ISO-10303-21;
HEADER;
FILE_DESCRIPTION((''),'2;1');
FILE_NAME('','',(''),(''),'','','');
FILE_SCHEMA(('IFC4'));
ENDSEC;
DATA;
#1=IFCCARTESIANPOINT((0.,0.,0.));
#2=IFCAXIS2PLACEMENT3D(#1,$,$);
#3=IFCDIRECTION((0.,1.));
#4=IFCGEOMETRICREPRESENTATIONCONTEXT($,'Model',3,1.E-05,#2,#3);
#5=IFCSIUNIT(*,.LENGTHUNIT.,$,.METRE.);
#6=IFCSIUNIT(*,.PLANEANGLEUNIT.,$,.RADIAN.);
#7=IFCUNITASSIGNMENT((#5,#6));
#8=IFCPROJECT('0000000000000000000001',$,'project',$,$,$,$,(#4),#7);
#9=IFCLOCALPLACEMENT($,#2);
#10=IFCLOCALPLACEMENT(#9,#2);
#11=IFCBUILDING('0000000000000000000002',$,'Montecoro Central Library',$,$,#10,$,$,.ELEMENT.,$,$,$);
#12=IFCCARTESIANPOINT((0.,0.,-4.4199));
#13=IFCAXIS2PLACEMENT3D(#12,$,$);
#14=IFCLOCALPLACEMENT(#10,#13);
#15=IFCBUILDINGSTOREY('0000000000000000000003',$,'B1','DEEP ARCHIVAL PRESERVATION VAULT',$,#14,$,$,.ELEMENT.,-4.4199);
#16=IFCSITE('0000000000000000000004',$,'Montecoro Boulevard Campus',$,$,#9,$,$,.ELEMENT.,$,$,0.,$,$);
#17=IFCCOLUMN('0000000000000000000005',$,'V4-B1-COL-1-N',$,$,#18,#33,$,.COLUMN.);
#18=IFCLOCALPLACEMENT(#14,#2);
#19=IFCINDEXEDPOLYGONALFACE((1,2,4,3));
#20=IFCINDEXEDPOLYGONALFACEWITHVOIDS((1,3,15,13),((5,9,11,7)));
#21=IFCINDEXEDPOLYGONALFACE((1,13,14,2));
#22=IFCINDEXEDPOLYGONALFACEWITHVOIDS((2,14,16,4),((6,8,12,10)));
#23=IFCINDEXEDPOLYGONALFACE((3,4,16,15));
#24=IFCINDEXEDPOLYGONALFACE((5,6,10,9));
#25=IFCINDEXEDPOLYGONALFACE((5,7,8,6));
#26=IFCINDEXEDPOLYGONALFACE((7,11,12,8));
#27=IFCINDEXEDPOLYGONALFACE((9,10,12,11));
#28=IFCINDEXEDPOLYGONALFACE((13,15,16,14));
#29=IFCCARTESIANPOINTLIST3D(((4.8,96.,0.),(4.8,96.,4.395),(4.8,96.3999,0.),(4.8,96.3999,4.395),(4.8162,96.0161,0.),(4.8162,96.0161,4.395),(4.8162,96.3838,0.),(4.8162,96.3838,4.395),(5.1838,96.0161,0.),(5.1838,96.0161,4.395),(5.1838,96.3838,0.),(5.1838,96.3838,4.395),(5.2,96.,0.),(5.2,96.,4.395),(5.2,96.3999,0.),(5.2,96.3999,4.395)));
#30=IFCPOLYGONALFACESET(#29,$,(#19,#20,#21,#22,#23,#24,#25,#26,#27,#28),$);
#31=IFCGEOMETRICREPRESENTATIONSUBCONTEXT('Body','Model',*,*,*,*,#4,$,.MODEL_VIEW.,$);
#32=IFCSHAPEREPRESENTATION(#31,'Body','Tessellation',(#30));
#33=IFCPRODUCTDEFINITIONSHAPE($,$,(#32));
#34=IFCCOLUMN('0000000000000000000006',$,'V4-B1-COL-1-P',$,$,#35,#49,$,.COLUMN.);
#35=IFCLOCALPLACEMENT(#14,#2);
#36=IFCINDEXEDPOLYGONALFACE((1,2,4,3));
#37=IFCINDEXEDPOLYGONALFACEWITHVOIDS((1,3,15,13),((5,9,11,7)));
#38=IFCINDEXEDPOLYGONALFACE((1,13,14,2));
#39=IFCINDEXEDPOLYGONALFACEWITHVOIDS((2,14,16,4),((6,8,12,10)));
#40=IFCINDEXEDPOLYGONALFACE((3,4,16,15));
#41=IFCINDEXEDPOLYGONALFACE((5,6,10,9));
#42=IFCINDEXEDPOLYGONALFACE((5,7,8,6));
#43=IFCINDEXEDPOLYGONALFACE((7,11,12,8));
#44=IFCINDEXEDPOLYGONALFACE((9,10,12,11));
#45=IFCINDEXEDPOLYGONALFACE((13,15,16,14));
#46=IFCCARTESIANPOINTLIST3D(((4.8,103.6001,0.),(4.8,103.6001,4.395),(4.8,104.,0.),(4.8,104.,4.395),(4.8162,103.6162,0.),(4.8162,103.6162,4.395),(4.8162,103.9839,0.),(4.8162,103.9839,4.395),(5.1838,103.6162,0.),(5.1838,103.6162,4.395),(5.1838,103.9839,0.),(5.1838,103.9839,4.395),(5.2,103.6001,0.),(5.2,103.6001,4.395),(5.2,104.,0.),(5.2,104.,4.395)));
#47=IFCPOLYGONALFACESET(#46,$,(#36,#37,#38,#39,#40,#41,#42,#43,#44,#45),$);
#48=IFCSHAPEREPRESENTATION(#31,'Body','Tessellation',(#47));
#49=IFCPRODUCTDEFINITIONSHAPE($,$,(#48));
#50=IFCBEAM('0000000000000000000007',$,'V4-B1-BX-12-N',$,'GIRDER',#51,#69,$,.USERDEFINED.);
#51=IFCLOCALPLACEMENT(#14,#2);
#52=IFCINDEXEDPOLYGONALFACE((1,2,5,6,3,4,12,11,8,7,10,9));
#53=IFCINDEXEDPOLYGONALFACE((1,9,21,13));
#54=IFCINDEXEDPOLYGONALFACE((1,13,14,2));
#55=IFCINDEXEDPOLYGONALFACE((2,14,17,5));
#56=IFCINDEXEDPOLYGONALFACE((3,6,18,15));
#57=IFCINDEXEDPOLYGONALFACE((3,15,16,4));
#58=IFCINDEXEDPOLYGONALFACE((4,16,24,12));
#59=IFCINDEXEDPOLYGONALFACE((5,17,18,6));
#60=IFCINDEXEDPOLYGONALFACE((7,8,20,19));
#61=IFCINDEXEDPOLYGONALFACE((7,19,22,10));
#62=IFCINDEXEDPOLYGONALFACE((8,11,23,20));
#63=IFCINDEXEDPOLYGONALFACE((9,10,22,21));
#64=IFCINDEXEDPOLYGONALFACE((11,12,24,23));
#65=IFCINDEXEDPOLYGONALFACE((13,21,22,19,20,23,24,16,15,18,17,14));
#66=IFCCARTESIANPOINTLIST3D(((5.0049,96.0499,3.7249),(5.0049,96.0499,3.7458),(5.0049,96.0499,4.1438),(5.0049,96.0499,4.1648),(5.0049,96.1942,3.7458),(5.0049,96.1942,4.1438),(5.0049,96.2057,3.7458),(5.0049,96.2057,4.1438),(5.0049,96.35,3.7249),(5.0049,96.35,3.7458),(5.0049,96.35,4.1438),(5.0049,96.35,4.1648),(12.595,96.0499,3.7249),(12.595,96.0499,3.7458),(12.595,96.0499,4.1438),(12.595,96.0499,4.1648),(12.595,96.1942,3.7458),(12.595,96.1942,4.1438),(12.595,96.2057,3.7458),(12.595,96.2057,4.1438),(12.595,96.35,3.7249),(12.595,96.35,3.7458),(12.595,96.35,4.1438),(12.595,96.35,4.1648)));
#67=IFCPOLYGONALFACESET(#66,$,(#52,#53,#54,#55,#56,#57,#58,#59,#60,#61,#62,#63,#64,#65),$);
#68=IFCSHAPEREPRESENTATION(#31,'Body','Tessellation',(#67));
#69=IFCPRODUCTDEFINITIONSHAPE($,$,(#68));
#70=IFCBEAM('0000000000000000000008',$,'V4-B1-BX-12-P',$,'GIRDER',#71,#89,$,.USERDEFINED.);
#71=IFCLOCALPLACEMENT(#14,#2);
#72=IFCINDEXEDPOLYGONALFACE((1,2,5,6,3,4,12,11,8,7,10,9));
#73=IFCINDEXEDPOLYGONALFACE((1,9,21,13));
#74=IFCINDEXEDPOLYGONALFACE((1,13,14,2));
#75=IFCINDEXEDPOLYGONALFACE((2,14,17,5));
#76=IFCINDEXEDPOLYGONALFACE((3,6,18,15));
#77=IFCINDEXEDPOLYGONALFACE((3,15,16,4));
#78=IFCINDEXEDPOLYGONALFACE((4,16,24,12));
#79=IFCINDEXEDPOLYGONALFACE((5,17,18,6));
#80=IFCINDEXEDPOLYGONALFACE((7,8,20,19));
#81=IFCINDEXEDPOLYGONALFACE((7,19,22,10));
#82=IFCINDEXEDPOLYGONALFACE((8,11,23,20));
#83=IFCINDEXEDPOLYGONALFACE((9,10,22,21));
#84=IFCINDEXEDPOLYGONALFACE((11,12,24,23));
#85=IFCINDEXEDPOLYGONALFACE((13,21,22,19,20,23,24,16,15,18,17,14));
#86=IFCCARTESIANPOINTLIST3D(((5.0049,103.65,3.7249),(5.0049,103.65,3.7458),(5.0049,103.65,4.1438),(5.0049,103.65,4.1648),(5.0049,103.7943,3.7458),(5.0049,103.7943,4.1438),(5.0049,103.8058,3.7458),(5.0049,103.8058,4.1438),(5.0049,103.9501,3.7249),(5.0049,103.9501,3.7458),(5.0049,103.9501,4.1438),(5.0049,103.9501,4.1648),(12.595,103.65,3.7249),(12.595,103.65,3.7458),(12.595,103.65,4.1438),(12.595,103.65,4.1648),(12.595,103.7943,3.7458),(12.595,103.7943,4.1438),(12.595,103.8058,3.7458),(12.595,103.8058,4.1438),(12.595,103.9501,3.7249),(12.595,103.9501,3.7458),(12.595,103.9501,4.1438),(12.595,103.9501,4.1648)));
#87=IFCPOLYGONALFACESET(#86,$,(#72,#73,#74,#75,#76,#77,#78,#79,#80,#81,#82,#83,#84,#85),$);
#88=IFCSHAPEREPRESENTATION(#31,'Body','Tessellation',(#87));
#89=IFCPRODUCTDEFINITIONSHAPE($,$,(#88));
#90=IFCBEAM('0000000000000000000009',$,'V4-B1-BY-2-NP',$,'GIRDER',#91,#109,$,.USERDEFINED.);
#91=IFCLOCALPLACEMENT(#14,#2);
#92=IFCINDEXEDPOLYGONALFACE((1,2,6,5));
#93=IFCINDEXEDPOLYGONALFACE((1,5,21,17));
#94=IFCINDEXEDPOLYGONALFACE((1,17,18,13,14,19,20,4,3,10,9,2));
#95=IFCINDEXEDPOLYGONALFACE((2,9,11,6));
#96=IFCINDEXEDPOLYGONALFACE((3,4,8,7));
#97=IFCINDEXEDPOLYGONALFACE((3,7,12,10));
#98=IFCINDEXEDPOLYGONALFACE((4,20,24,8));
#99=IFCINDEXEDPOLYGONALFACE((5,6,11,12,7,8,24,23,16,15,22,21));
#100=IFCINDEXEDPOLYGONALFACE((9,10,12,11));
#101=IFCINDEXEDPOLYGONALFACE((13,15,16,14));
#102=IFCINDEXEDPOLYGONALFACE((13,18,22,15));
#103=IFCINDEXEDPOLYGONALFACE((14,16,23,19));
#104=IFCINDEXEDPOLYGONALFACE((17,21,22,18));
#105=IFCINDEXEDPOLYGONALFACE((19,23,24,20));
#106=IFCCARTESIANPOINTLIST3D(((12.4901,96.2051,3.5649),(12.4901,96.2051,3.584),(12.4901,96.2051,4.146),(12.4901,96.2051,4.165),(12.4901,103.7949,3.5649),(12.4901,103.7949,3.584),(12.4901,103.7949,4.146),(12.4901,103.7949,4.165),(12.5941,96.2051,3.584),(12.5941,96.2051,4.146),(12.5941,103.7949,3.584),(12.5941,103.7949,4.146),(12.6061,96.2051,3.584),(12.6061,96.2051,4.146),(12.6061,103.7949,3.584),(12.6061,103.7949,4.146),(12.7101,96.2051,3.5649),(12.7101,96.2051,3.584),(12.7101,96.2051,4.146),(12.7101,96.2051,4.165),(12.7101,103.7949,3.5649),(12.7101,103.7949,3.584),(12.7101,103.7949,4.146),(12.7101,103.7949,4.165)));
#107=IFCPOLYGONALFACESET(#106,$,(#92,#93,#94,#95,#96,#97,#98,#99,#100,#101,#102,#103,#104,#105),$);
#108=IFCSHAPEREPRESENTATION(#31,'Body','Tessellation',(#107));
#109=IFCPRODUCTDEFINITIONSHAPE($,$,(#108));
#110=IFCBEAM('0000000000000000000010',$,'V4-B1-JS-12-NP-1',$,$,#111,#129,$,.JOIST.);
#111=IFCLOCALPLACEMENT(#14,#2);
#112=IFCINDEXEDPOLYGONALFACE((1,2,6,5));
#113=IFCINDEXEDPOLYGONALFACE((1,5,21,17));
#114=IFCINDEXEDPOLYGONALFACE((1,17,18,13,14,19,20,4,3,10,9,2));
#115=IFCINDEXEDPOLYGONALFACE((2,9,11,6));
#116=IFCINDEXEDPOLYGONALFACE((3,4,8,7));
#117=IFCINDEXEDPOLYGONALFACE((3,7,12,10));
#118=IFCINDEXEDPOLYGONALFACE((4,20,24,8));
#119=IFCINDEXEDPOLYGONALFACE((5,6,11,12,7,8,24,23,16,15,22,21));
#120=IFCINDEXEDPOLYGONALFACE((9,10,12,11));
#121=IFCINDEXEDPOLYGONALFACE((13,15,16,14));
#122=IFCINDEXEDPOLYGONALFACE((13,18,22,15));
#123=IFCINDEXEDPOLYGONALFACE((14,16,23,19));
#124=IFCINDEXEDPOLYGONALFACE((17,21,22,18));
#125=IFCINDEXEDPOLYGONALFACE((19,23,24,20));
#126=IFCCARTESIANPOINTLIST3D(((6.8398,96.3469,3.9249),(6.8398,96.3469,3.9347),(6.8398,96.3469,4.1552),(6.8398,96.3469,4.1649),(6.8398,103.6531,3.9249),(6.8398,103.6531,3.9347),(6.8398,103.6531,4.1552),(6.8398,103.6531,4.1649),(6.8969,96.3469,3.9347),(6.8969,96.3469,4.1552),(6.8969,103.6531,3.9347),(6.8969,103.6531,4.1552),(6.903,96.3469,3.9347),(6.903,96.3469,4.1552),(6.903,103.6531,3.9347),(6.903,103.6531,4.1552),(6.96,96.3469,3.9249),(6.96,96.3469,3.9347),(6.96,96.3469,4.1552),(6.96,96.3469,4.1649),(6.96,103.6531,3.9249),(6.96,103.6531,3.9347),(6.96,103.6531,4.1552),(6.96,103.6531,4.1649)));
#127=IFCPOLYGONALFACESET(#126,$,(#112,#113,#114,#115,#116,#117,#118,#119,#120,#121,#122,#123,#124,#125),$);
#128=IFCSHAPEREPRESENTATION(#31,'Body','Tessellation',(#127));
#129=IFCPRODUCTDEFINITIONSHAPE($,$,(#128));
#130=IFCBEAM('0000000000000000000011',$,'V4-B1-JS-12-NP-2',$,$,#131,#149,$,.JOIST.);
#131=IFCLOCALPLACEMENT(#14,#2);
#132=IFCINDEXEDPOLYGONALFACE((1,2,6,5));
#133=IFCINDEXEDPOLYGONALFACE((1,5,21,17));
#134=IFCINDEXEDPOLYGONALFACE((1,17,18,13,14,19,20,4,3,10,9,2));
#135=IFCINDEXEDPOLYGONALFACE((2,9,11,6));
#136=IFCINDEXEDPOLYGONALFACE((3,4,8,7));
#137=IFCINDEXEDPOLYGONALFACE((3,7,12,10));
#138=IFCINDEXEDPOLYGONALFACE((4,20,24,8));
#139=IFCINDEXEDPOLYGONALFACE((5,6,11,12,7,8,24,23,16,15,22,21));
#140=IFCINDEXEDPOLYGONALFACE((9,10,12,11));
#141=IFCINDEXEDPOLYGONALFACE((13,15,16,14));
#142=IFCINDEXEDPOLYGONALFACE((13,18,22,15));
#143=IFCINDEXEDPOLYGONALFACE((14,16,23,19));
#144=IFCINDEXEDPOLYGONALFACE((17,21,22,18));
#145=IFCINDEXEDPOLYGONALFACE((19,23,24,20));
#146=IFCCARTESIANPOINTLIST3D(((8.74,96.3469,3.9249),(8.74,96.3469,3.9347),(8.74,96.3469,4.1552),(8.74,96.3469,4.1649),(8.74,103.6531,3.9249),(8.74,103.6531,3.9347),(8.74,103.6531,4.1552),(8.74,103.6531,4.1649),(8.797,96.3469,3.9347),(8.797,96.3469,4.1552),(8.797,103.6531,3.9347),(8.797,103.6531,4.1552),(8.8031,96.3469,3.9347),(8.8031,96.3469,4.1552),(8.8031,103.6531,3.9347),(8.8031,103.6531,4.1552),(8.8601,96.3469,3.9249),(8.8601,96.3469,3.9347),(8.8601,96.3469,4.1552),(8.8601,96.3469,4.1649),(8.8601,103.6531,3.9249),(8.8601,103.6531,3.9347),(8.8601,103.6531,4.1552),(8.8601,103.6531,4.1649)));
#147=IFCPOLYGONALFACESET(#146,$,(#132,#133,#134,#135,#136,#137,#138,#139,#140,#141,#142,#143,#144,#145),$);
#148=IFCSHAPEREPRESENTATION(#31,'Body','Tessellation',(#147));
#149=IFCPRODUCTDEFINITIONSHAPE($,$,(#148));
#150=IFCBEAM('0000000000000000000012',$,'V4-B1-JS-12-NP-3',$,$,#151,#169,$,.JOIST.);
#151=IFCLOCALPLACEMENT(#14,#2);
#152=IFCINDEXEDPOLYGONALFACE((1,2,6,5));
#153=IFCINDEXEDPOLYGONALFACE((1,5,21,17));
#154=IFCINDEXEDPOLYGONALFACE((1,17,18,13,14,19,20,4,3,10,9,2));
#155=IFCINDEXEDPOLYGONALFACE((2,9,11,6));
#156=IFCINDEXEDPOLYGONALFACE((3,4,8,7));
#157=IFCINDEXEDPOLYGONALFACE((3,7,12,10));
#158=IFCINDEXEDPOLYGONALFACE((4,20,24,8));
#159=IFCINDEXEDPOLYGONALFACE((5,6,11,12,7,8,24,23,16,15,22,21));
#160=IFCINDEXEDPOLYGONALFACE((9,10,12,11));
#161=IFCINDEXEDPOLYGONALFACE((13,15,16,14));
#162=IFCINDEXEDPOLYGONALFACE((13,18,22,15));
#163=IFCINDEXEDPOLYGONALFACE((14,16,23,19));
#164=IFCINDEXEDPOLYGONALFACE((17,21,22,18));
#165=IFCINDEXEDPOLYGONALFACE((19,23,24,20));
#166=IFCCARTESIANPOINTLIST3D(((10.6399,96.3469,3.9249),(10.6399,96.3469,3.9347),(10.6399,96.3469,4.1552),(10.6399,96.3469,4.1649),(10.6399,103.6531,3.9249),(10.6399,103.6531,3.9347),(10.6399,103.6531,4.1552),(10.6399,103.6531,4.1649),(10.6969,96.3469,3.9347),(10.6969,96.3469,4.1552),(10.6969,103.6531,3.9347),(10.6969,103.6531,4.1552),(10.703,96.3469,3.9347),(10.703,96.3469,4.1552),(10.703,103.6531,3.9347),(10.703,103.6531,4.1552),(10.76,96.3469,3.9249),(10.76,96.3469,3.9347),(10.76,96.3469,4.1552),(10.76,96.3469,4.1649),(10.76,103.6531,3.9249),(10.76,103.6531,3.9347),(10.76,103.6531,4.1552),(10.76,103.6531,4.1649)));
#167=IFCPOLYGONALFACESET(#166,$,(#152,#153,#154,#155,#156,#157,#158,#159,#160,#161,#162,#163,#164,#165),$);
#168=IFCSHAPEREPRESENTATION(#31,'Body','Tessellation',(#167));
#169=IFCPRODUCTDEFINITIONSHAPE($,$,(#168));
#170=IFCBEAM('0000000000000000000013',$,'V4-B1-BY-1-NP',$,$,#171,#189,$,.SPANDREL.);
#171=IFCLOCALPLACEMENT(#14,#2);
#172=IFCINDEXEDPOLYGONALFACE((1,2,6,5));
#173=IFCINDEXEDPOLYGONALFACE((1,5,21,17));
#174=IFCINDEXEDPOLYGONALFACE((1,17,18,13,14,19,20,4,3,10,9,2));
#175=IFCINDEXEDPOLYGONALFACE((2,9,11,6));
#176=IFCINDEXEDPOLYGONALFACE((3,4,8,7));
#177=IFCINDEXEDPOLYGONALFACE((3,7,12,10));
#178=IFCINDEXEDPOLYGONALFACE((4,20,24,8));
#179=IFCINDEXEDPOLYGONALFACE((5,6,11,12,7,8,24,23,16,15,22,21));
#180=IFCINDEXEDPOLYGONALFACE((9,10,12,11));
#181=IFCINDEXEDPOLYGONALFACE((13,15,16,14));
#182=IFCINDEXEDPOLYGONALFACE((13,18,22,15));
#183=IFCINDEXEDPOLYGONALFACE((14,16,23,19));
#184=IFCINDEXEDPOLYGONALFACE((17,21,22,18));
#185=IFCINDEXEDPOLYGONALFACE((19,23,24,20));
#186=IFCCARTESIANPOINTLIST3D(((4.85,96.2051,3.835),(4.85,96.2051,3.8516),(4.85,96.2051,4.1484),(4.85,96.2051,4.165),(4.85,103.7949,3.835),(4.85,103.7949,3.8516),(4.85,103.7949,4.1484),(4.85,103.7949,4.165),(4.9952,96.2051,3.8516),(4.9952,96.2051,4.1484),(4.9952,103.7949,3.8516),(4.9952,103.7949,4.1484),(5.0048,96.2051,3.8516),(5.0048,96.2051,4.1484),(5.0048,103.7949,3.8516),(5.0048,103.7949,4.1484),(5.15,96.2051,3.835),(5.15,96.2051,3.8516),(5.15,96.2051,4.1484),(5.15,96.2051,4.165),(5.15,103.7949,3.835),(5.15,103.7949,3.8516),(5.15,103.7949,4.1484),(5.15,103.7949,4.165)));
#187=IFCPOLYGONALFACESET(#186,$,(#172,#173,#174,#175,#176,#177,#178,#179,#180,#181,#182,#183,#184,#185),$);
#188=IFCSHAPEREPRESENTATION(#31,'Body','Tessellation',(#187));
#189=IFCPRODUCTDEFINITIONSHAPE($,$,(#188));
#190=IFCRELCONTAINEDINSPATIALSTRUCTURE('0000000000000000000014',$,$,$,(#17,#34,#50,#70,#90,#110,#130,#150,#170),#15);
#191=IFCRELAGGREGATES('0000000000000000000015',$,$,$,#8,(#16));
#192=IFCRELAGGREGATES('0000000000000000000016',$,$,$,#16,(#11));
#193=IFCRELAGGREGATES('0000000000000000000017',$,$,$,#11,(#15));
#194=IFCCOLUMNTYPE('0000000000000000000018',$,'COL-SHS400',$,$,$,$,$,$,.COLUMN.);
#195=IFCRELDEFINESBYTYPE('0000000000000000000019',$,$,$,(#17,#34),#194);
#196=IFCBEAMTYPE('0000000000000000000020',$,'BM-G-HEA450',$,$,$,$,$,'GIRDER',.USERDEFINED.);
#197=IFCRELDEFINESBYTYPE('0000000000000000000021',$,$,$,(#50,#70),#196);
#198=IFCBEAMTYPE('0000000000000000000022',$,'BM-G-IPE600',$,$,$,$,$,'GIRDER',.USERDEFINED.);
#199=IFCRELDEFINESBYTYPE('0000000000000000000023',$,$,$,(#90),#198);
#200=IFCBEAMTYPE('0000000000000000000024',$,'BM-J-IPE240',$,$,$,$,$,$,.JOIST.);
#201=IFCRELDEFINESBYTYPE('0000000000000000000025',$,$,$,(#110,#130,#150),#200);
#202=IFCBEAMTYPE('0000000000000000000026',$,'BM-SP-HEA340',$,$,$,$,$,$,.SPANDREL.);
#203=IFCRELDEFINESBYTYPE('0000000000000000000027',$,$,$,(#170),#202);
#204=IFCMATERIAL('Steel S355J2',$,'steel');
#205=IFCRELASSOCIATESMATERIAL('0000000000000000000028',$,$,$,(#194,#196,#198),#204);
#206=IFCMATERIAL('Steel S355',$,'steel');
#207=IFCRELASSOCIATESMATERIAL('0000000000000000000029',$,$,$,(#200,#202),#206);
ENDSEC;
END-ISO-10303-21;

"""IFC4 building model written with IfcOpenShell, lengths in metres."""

from ifc_helpers import new_model, si_unit, direction, frame, origin, origin_2d, place, context, subcontext, project, spatial, hollow_rectangle, i_section, extrude, material, material_profile, profile_set, type_object, element, save


model = new_model("IFC4")

# Units and contexts
model_context = context("Model", 3, precision=1e-05, world=origin(), true_north=direction((0.0, 1.0)))
body_context = subcontext(model_context, "Body", "Model", "MODEL_VIEW")
ifc_project = project(units=[si_unit("LENGTHUNIT", "METRE"), si_unit("PLANEANGLEUNIT", "RADIAN")], contexts=[model_context])

# Site, building, storey
site_placement = place(None, origin())
site = spatial("IfcSite", under=ifc_project, at=site_placement, Name="Montecoro Boulevard Campus", CompositionType="ELEMENT", RefElevation=0.0)
building_placement = place(site_placement, origin())
building = spatial("IfcBuilding", under=site, at=building_placement, Name="Montecoro Central Library", CompositionType="ELEMENT")
storey_placement = place(building_placement, frame((0.0, 0.0, -4.4199)))
storey = spatial("IfcBuildingStorey", under=building, at=storey_placement, Name="B1", Description="DEEP ARCHIVAL PRESERVATION VAULT", CompositionType="ELEMENT", Elevation=-4.4199)

# Columns
ifc_material_1 = material(Name="Steel S355J2", Category="steel")
ifc_material_profile_1 = material_profile(ifc_material_1, hollow_rectangle(XDim=0.3999, YDim=0.3999, WallThickness=0.0161, at=origin_2d()), Name="SHS 400x400x16.0")
ifc_profile_set_1 = profile_set([ifc_material_profile_1], Name="Steel S355J2")
column_type_1 = type_object("IfcColumnType", Name="COL-SHS400", PredefinedType="COLUMN", material=ifc_profile_set_1)
for number, where, z_axis, x_axis, name in (
    (1, (5.0, 96.2, 0.0), (0.0, 0.0, 1.0), (1.0, 0.0, 0.0), "V4-B1-COL-1-N"),
    (2, (5.0, 103.8, 0.0), (0.0, 0.0, 1.0), (1.0, 0.0, 0.0), "V4-B1-COL-1-P"),
):
    element("IfcColumn", number, at=place(storey_placement, frame(where, z_axis=z_axis, x_axis=x_axis)), inside=storey, type_object=column_type_1, Name=name, PredefinedType="COLUMN", context=body_context, shape_type="SweptSolid", body=[
        extrude(hollow_rectangle(XDim=0.3999, YDim=0.3999, WallThickness=0.0161, at=origin_2d()), origin(), (0.0, 0.0, 1.0), 4.395),
    ])

# Beams
ifc_material_profile_2 = material_profile(ifc_material_1, i_section(OverallWidth=0.3, OverallDepth=0.4399, WebThickness=0.0115, FlangeThickness=0.021, at=origin_2d()), Name="HEA 450")
ifc_profile_set_2 = profile_set([ifc_material_profile_2], Name="Steel S355J2")
beam_type_1 = type_object("IfcBeamType", Name="BM-G-HEA450", ElementType="GIRDER", PredefinedType="USERDEFINED", material=ifc_profile_set_2)
for number, where, z_axis, x_axis, name in (
    (3, (5.0049, 96.2, 3.9448), (1.0, 0.0, 0.0), (0.0, 1.0, 0.0), "V4-B1-BX-12-N"),
    (4, (5.0049, 103.8, 3.9448), (1.0, 0.0, 0.0), (0.0, 1.0, 0.0), "V4-B1-BX-12-P"),
):
    element("IfcBeam", number, at=place(storey_placement, frame(where, z_axis=z_axis, x_axis=x_axis)), inside=storey, type_object=beam_type_1, Name=name, ObjectType="GIRDER", PredefinedType="USERDEFINED", context=body_context, shape_type="SweptSolid", body=[
        extrude(i_section(OverallWidth=0.3, OverallDepth=0.4399, WebThickness=0.0115, FlangeThickness=0.021, at=origin_2d()), origin(), (0.0, 0.0, 1.0), 7.5901),
    ])
ifc_material_profile_3 = material_profile(ifc_material_1, i_section(OverallWidth=0.22, OverallDepth=0.6001, WebThickness=0.012, FlangeThickness=0.019, at=origin_2d()), Name="IPE 600")
ifc_profile_set_3 = profile_set([ifc_material_profile_3], Name="Steel S355J2")
beam_type_2 = type_object("IfcBeamType", Name="BM-G-IPE600", ElementType="GIRDER", PredefinedType="USERDEFINED", material=ifc_profile_set_3)
beam_1_placement = place(storey_placement, frame((12.6001, 96.2051, 3.865), z_axis=(0.0, 1.0, 0.0), x_axis=(-1.0, 0.0, 0.0)))
element("IfcBeam", 5, at=beam_1_placement, inside=storey, type_object=beam_type_2, Name="V4-B1-BY-2-NP", ObjectType="GIRDER", PredefinedType="USERDEFINED", context=body_context, shape_type="SweptSolid", body=[
    extrude(i_section(OverallWidth=0.22, OverallDepth=0.6001, WebThickness=0.012, FlangeThickness=0.019, at=origin_2d()), origin(), (0.0, 0.0, 1.0), 7.5898),
])
ifc_material_2 = material(Name="Steel S355", Category="steel")
ifc_material_profile_4 = material_profile(ifc_material_2, i_section(OverallWidth=0.1201, OverallDepth=0.24, WebThickness=0.0061, FlangeThickness=0.0098, at=origin_2d()), Name="IPE 240")
ifc_profile_set_4 = profile_set([ifc_material_profile_4], Name="Steel S355")
beam_type_3 = type_object("IfcBeamType", Name="BM-J-IPE240", PredefinedType="JOIST", material=ifc_profile_set_4)
for number, where, z_axis, x_axis, name in (
    (6, (6.8999, 96.3469, 4.0449), (0.0, 1.0, 0.0), (-1.0, 0.0, 0.0), "V4-B1-JS-12-NP-1"),
    (7, (8.8, 96.3469, 4.0449), (0.0, 1.0, 0.0), (-1.0, 0.0, 0.0), "V4-B1-JS-12-NP-2"),
    (8, (10.7, 96.3469, 4.0449), (0.0, 1.0, 0.0), (-1.0, 0.0, 0.0), "V4-B1-JS-12-NP-3"),
):
    element("IfcBeam", number, at=place(storey_placement, frame(where, z_axis=z_axis, x_axis=x_axis)), inside=storey, type_object=beam_type_3, Name=name, PredefinedType="JOIST", context=body_context, shape_type="SweptSolid", body=[
        extrude(i_section(OverallWidth=0.1201, OverallDepth=0.24, WebThickness=0.0061, FlangeThickness=0.0098, at=origin_2d()), origin(), (0.0, 0.0, 1.0), 7.3062),
    ])
ifc_material_profile_5 = material_profile(ifc_material_2, i_section(OverallWidth=0.3, OverallDepth=0.3301, WebThickness=0.0095, FlangeThickness=0.0166, at=origin_2d()), Name="HEA 340")
ifc_profile_set_5 = profile_set([ifc_material_profile_5], Name="Steel S355")
beam_type_4 = type_object("IfcBeamType", Name="BM-SP-HEA340", PredefinedType="SPANDREL", material=ifc_profile_set_5)
beam_2_placement = place(storey_placement, frame((5.0, 96.2051, 4.0), z_axis=(0.0, 1.0, 0.0), x_axis=(-1.0, 0.0, 0.0)))
element("IfcBeam", 9, at=beam_2_placement, inside=storey, type_object=beam_type_4, Name="V4-B1-BY-1-NP", PredefinedType="SPANDREL", context=body_context, shape_type="SweptSolid", body=[
    extrude(i_section(OverallWidth=0.3, OverallDepth=0.3301, WebThickness=0.0095, FlangeThickness=0.0166, at=origin_2d()), origin(), (0.0, 0.0, 1.0), 7.5898),
])

save(model, "model.ifc")
